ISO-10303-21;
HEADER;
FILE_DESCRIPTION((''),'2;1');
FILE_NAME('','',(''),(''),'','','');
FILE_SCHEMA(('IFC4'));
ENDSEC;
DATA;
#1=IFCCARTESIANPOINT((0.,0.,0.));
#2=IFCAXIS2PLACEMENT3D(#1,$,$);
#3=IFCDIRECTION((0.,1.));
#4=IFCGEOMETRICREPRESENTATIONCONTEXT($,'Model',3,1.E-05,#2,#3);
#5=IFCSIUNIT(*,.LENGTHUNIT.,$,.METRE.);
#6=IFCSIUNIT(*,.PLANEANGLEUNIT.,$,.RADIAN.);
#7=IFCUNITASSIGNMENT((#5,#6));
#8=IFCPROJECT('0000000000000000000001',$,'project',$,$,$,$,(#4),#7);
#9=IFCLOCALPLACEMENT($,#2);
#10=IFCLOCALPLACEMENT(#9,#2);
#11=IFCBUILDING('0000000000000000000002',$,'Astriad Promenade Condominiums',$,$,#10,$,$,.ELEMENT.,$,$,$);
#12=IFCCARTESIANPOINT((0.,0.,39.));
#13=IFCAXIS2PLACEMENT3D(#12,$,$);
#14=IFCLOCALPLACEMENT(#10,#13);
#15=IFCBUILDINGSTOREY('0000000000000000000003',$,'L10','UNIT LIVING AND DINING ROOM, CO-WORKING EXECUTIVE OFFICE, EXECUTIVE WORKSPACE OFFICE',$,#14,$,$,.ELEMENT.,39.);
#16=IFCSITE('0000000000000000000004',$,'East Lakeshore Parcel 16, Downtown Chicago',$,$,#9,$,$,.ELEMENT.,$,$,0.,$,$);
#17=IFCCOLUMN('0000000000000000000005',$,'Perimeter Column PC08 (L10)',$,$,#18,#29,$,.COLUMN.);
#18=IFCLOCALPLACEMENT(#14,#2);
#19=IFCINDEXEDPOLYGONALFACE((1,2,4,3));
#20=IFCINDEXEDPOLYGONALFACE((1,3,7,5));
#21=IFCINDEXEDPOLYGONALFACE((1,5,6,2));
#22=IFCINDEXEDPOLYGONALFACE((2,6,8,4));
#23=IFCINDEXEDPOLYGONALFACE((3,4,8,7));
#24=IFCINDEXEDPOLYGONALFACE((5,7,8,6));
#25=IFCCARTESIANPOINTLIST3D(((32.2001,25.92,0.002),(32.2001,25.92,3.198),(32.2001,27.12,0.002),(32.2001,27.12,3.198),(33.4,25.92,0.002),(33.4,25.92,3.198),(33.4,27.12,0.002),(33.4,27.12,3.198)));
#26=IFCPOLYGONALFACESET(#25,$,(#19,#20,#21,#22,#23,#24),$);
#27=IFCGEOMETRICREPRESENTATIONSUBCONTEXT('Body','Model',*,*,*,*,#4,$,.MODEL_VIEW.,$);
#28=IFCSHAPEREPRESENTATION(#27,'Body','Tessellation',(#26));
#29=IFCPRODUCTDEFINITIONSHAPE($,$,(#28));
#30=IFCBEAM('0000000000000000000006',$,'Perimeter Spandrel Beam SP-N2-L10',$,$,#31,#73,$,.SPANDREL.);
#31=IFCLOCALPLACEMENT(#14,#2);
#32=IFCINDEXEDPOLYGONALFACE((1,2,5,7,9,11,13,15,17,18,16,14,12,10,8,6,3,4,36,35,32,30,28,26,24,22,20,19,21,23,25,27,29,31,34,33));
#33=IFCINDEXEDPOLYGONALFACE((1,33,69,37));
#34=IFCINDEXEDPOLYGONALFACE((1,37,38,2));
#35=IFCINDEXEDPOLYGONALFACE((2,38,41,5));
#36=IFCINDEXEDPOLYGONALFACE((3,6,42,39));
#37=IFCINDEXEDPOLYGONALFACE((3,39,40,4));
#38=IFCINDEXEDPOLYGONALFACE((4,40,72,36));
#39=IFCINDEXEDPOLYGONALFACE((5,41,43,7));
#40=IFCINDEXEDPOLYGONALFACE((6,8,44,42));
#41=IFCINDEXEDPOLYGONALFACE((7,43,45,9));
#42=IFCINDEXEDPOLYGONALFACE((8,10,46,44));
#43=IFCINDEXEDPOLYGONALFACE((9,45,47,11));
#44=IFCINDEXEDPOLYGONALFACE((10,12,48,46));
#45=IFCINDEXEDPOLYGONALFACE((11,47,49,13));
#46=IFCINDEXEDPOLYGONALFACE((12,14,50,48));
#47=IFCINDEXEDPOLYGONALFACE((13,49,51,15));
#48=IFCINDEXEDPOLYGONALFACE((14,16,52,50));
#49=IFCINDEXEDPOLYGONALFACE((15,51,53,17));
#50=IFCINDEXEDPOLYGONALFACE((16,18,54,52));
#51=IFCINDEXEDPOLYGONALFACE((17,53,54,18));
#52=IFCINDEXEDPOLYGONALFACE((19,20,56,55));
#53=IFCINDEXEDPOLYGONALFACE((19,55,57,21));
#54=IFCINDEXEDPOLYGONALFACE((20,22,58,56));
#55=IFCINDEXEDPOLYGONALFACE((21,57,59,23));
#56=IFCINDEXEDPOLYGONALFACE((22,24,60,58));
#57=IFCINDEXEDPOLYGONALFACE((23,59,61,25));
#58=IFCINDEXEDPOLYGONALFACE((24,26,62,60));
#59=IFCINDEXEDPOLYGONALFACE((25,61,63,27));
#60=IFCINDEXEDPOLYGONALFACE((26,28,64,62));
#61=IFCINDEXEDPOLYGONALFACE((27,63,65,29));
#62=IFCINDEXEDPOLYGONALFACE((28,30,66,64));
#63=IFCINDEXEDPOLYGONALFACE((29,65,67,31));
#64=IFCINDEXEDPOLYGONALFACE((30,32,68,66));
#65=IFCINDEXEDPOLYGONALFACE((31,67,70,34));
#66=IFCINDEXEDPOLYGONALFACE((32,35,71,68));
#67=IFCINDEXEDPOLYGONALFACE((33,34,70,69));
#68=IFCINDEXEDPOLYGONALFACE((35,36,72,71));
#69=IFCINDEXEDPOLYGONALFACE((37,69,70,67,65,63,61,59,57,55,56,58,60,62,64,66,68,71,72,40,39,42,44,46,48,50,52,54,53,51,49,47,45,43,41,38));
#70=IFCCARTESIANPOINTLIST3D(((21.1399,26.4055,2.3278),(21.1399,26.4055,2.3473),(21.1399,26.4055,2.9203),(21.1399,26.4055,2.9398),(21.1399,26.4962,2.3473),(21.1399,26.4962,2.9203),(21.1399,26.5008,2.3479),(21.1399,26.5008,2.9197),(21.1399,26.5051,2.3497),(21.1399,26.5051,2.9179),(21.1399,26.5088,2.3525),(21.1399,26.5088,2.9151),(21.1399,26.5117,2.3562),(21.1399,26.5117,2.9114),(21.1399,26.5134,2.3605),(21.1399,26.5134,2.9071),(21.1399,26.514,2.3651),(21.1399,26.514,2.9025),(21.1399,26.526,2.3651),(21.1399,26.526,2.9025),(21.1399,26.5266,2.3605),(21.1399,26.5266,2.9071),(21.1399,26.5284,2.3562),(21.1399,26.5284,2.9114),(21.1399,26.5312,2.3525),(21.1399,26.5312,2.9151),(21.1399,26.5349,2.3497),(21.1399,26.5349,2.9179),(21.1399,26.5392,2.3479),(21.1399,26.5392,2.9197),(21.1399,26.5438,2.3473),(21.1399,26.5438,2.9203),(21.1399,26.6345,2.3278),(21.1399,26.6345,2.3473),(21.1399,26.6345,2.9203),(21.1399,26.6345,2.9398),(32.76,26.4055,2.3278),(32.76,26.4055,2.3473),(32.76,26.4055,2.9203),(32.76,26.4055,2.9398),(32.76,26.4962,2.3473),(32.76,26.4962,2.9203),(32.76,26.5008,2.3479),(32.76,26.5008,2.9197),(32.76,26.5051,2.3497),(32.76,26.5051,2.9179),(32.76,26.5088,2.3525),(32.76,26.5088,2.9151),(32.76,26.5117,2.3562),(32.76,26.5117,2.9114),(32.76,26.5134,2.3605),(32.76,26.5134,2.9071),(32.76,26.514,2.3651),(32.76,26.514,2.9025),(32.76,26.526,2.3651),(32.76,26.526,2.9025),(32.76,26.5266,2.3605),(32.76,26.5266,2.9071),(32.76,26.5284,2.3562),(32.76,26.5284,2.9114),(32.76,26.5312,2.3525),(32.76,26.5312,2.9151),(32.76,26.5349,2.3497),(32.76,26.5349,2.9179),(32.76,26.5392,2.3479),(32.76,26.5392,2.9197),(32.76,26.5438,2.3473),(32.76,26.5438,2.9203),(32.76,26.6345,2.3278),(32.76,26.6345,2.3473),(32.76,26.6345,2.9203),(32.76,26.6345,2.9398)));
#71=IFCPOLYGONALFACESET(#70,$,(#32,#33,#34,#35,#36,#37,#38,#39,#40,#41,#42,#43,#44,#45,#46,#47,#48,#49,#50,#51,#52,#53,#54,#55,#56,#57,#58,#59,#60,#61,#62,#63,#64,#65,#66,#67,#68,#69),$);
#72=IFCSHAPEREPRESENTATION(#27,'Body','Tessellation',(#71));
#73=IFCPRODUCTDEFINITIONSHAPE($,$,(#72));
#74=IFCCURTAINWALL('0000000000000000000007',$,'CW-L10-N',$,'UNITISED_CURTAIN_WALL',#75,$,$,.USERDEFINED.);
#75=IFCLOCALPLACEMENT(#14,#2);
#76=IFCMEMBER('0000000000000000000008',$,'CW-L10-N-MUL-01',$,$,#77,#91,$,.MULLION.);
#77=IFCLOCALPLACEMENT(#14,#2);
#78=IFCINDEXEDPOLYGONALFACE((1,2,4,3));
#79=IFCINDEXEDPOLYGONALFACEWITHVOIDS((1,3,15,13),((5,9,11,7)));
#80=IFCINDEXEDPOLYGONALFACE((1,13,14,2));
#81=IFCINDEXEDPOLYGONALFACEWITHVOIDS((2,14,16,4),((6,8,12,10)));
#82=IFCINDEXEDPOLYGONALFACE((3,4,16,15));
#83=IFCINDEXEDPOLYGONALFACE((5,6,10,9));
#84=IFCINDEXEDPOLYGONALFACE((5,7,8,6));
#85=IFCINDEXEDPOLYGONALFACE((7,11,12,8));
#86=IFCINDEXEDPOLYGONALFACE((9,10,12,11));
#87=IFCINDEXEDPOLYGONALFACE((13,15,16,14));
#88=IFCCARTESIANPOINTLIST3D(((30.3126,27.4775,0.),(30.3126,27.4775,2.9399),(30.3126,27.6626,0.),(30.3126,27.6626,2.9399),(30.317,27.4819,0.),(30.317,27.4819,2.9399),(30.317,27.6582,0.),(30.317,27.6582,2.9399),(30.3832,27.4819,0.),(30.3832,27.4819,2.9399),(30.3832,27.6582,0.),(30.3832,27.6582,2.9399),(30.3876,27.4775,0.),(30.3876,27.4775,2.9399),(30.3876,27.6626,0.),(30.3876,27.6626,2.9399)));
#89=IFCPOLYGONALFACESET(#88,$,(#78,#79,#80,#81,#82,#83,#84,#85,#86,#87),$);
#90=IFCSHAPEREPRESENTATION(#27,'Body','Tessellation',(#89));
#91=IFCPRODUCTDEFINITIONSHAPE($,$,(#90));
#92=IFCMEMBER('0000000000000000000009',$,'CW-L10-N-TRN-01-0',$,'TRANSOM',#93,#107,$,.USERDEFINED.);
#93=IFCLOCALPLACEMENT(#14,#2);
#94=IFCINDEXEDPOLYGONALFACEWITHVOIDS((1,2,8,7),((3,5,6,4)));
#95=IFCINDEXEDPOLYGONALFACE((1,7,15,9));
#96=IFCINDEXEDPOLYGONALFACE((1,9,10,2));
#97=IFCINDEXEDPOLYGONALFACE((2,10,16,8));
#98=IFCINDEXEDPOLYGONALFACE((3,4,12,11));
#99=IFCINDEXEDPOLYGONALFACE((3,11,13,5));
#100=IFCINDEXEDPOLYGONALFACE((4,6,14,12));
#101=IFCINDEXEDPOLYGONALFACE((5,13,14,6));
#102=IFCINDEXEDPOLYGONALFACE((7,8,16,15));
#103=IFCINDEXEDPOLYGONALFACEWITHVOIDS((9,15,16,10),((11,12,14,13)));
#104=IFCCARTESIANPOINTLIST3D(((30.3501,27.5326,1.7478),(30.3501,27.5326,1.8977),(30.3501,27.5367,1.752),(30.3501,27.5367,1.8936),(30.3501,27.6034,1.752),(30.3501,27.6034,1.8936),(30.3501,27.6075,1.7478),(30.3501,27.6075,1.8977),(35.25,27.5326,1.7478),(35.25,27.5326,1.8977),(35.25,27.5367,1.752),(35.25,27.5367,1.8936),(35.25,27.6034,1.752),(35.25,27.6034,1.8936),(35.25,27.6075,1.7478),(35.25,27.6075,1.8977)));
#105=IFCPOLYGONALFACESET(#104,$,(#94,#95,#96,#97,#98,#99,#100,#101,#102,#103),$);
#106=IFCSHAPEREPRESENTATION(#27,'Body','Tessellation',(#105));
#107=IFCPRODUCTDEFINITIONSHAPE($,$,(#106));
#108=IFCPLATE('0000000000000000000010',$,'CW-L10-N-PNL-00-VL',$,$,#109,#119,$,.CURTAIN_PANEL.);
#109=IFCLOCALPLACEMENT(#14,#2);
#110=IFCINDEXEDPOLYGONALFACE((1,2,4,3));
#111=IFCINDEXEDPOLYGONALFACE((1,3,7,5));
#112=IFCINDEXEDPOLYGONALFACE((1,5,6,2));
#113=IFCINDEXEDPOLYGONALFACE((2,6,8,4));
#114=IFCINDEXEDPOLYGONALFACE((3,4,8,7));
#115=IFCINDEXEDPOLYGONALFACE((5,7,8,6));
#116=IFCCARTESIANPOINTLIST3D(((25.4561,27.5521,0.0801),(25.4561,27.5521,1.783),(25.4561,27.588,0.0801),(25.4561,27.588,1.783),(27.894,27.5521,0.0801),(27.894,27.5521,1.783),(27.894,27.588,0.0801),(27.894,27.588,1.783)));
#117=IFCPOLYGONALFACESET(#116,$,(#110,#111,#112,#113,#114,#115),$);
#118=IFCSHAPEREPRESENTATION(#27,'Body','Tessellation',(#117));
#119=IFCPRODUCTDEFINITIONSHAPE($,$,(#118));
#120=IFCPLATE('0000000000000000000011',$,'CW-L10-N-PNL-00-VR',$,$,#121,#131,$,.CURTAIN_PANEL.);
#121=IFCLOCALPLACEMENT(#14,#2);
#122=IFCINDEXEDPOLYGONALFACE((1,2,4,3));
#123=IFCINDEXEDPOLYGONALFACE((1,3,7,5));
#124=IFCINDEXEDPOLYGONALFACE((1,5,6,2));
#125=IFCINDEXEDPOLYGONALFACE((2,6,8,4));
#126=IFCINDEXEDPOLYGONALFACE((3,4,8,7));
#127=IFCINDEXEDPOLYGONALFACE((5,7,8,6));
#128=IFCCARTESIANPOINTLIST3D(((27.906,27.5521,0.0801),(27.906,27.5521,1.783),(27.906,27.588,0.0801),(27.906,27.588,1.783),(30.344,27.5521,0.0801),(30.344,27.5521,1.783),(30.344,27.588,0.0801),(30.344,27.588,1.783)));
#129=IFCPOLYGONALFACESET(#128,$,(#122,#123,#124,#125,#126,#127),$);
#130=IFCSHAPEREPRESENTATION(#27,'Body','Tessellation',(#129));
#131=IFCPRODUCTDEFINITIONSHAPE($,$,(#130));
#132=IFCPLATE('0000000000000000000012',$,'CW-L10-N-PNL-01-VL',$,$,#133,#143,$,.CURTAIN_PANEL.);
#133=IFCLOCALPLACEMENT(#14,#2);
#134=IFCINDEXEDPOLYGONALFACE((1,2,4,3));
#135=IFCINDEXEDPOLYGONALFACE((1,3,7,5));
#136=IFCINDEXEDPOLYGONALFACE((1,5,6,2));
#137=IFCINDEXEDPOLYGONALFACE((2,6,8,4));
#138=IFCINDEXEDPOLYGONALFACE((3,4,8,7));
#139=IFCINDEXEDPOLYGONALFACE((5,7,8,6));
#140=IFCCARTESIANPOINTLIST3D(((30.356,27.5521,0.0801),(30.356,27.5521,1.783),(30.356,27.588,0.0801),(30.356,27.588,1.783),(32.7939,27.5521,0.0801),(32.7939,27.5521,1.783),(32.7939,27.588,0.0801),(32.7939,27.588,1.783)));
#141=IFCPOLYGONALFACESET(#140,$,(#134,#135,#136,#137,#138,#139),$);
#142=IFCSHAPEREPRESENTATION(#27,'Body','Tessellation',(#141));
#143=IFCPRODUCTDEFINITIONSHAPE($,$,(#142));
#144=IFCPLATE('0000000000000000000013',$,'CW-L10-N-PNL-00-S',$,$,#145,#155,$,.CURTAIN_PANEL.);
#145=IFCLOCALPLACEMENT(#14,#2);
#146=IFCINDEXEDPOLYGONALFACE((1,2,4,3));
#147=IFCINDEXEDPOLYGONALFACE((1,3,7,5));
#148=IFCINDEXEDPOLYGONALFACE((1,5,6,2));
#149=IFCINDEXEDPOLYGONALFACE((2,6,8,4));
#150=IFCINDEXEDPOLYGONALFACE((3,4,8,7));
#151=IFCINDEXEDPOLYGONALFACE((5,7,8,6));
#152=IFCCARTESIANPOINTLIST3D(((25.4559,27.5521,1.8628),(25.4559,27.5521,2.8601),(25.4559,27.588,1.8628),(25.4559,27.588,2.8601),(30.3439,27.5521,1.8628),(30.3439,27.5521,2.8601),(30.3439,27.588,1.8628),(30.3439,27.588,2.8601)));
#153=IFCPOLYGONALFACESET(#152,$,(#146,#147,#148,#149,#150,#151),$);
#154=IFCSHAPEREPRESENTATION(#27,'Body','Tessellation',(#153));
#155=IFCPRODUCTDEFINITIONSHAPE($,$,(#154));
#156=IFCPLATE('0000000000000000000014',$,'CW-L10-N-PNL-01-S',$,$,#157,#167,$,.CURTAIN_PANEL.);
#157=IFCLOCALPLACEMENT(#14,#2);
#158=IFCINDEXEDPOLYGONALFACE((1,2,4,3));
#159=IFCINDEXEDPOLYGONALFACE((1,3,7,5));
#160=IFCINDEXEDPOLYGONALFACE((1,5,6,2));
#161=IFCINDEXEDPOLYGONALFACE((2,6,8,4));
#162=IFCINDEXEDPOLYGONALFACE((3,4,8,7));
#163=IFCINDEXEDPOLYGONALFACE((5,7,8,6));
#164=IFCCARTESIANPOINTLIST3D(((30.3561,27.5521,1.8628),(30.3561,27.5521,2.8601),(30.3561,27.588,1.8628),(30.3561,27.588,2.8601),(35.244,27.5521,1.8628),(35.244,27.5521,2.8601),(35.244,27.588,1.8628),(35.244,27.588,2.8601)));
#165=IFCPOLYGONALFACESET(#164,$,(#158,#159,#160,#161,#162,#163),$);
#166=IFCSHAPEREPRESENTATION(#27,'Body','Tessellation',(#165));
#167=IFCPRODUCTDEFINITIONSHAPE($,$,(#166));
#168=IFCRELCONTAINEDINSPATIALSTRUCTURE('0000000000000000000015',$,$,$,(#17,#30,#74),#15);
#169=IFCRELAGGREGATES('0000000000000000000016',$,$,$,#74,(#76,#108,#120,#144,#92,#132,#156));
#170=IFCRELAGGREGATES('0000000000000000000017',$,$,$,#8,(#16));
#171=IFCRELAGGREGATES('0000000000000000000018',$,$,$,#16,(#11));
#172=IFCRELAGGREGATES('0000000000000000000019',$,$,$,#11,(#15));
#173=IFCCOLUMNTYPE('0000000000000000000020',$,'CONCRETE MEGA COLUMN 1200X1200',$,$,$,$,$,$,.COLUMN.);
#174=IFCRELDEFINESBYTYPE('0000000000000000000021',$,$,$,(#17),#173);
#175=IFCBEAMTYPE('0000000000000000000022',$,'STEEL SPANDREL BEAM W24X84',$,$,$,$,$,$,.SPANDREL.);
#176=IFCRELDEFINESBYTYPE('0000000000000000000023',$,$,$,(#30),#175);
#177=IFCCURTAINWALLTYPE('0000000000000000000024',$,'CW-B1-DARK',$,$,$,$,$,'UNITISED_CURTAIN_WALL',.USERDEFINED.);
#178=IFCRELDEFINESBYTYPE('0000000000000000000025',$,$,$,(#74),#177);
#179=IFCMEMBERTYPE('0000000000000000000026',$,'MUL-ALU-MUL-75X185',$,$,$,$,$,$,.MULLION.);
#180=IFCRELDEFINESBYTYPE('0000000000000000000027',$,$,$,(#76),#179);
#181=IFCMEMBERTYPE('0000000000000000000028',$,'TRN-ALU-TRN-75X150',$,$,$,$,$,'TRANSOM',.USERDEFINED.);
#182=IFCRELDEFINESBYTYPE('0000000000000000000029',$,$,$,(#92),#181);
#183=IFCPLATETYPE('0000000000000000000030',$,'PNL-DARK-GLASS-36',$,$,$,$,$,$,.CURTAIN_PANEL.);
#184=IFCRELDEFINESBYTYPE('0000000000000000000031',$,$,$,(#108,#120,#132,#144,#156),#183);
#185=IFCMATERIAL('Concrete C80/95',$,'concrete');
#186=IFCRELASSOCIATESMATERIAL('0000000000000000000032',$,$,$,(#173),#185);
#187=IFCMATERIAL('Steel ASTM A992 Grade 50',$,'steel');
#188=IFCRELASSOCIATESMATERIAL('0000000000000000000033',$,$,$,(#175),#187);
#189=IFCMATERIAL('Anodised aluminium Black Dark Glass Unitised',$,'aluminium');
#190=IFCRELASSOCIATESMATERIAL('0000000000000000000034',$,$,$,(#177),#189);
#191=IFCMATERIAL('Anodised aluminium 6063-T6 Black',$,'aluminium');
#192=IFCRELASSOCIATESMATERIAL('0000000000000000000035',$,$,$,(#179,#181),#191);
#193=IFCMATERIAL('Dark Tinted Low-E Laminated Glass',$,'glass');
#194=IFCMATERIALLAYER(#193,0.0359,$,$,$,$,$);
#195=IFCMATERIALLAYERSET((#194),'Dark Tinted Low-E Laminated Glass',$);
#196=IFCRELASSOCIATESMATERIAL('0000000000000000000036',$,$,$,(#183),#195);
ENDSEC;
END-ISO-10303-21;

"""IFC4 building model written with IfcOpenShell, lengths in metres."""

from ifc_helpers import new_model, si_unit, direction, frame, origin, origin_2d, place, context, subcontext, project, spatial, rectangle, hollow_rectangle, i_section, extrude, source, transform, mapped, material, layer, layer_set, material_profile, profile_set, type_object, type_shapes, element, aggregate, save


model = new_model("IFC4")

# Units and contexts
model_context = context("Model", 3, precision=1e-05, world=origin(), true_north=direction((0.0, 1.0)))
body_context = subcontext(model_context, "Body", "Model", "MODEL_VIEW")
ifc_project = project(units=[si_unit("LENGTHUNIT", "METRE"), si_unit("PLANEANGLEUNIT", "RADIAN")], contexts=[model_context])

# Site, building, storey
site_placement = place(None, origin())
site = spatial("IfcSite", under=ifc_project, at=site_placement, Name="East Lakeshore Parcel 16, Downtown Chicago", CompositionType="ELEMENT", RefElevation=0.0)
building_placement = place(site_placement, origin())
building = spatial("IfcBuilding", under=site, at=building_placement, Name="Astriad Promenade Condominiums", CompositionType="ELEMENT")
storey_placement = place(building_placement, frame((0.0, 0.0, 39.0)))
storey = spatial("IfcBuildingStorey", under=building, at=storey_placement, Name="L10", Description="UNIT LIVING AND DINING ROOM, CO-WORKING EXECUTIVE OFFICE, EXECUTIVE WORKSPACE OFFICE", CompositionType="ELEMENT", Elevation=39.0)

# Column
ifc_material_1 = material(Name="Concrete C80/95", Category="concrete")
ifc_material_profile_1 = material_profile(ifc_material_1, rectangle(XDim=1.2, YDim=1.2, at=origin_2d()), Name="RC-COL-1200X1200")
ifc_profile_set_1 = profile_set([ifc_material_profile_1], Name="Concrete C80/95")
column_type = type_object("IfcColumnType", Name="CONCRETE MEGA COLUMN 1200X1200", PredefinedType="COLUMN", material=ifc_profile_set_1)
shared_shape_1 = source(origin(), body_context, "Body", "SweptSolid", [
    extrude(rectangle(XDim=1.2, YDim=1.2, at=origin_2d()), origin(), (0.0, 0.0, 1.0), 3.196),
])
type_shapes(column_type, [shared_shape_1])
column_placement = place(storey_placement, frame((32.8, 26.52, 0.002), z_axis=(0.0, 0.0, 1.0), x_axis=(1.0, 0.0, 0.0)))
element("IfcColumn", 1, at=column_placement, inside=storey, type_object=column_type, Name="Perimeter Column PC08 (L10)", PredefinedType="COLUMN", context=body_context, shape_type="MappedRepresentation", body=[
    mapped(shared_shape_1, transform((0.0, 0.0, 0.0), scale=1.0)),
])

# Beam
ifc_material_2 = material(Name="Steel ASTM A992 Grade 50", Category="steel")
ifc_material_profile_2 = material_profile(ifc_material_2, i_section(OverallWidth=0.229, OverallDepth=0.6121, WebThickness=0.012, FlangeThickness=0.0195, FilletRadius=0.0178, at=origin_2d()), Name="W24X84")
ifc_profile_set_2 = profile_set([ifc_material_profile_2], Name="Steel ASTM A992 Grade 50")
beam_type = type_object("IfcBeamType", Name="STEEL SPANDREL BEAM W24X84", PredefinedType="SPANDREL", material=ifc_profile_set_2)
shared_shape_2 = source(origin(), body_context, "Body", "SweptSolid", [
    extrude(i_section(OverallWidth=0.229, OverallDepth=0.6121, WebThickness=0.012, FlangeThickness=0.0195, FilletRadius=0.0178, at=origin_2d()), origin(), (0.0, 0.0, 1.0), 11.6201),
])
type_shapes(beam_type, [shared_shape_2])
beam_placement = place(storey_placement, frame((32.76, 26.52, 2.6338), z_axis=(-1.0, 0.0, 0.0), x_axis=(0.0, -1.0, 0.0)))
element("IfcBeam", 2, at=beam_placement, inside=storey, type_object=beam_type, Name="Perimeter Spandrel Beam SP-N2-L10", PredefinedType="SPANDREL", context=body_context, shape_type="MappedRepresentation", body=[
    mapped(shared_shape_2, transform((0.0, 0.0, 0.0), scale=1.0)),
])

# Curtain wall, members, plates
ifc_material_3 = material(Name="Anodised aluminium Black Dark Glass Unitised", Category="aluminium")
curtain_wall_type = type_object("IfcCurtainWallType", Name="CW-B1-DARK", ElementType="UNITISED_CURTAIN_WALL", PredefinedType="USERDEFINED", material=ifc_material_3)
curtain_wall_placement = place(storey_placement, origin())
curtain_wall = element("IfcCurtainWall", 3, at=curtain_wall_placement, inside=storey, type_object=curtain_wall_type, Name="CW-L10-N", ObjectType="UNITISED_CURTAIN_WALL", PredefinedType="USERDEFINED")
ifc_material_4 = material(Name="Anodised aluminium 6063-T6 Black", Category="aluminium")
ifc_material_profile_3 = material_profile(ifc_material_4, hollow_rectangle(XDim=0.075, YDim=0.1851, WallThickness=0.0044, at=origin_2d()), Name="ALU-MUL-75X185")
ifc_profile_set_3 = profile_set([ifc_material_profile_3], Name="Anodised aluminium 6063-T6 Black")
member_type_1 = type_object("IfcMemberType", Name="MUL-ALU-MUL-75X185", PredefinedType="MULLION", material=ifc_profile_set_3)
shared_shape_3 = source(origin(), body_context, "Body", "SweptSolid", [
    extrude(hollow_rectangle(XDim=0.075, YDim=0.1851, WallThickness=0.0044, at=origin_2d()), origin(), (0.0, 0.0, 1.0), 2.9399),
])
type_shapes(member_type_1, [shared_shape_3])
member_1_placement = place(storey_placement, frame((30.3501, 27.5701, 0.0), z_axis=(0.0, 0.0, 1.0), x_axis=(1.0, 0.0, 0.0)))
member_1 = element("IfcMember", 4, at=member_1_placement, type_object=member_type_1, Name="CW-L10-N-MUL-01", PredefinedType="MULLION", context=body_context, shape_type="MappedRepresentation", body=[
    mapped(shared_shape_3, transform((0.0, 0.0, 0.0), scale=1.0)),
])
ifc_material_profile_4 = material_profile(ifc_material_4, hollow_rectangle(XDim=0.075, YDim=0.1499, WallThickness=0.0042, at=origin_2d()), Name="ALU-TRN-75X150")
ifc_profile_set_4 = profile_set([ifc_material_profile_4], Name="Anodised aluminium 6063-T6 Black")
member_type_2 = type_object("IfcMemberType", Name="TRN-ALU-TRN-75X150", ElementType="TRANSOM", PredefinedType="USERDEFINED", material=ifc_profile_set_4)
shared_shape_4 = source(origin(), body_context, "Body", "SweptSolid", [
    extrude(hollow_rectangle(XDim=0.075, YDim=0.1499, WallThickness=0.0042, at=origin_2d()), origin(), (0.0, 0.0, 1.0), 4.8999),
])
type_shapes(member_type_2, [shared_shape_4])
member_2_placement = place(storey_placement, frame((30.3501, 27.5701, 1.8228), z_axis=(1.0, 0.0, 0.0), x_axis=(0.0, 1.0, 0.0)))
member_2 = element("IfcMember", 5, at=member_2_placement, type_object=member_type_2, Name="CW-L10-N-TRN-01-0", ObjectType="TRANSOM", PredefinedType="USERDEFINED", context=body_context, shape_type="MappedRepresentation", body=[
    mapped(shared_shape_4, transform((0.0, 0.0, 0.0), scale=1.0)),
])
ifc_material_5 = material(Name="Dark Tinted Low-E Laminated Glass", Category="glass")
ifc_layer_1 = layer(ifc_material_5, 0.0359)
ifc_layer_set_1 = layer_set([ifc_layer_1], Name="Dark Tinted Low-E Laminated Glass")
plate_type = type_object("IfcPlateType", Name="PNL-DARK-GLASS-36", PredefinedType="CURTAIN_PANEL", material=ifc_layer_set_1)
shared_shape_5 = source(origin(), body_context, "Body", "SweptSolid", [
    extrude(rectangle(XDim=2.438, YDim=0.0359, at=origin_2d()), origin(), (0.0, 0.0, 1.0), 1.7029),
])
plate_1_placement = place(storey_placement, frame((26.675, 27.5701, 0.0801), z_axis=(0.0, 0.0, 1.0), x_axis=(1.0, 0.0, 0.0)))
plate_1 = element("IfcPlate", 6, at=plate_1_placement, type_object=plate_type, Name="CW-L10-N-PNL-00-VL", PredefinedType="CURTAIN_PANEL", context=body_context, shape_type="MappedRepresentation", body=[
    mapped(shared_shape_5, transform((0.0, 0.0, 0.0), scale=1.0)),
])
plate_2_placement = place(storey_placement, frame((29.125, 27.5701, 0.0801), z_axis=(0.0, 0.0, 1.0), x_axis=(1.0, 0.0, 0.0)))
plate_2 = element("IfcPlate", 7, at=plate_2_placement, type_object=plate_type, Name="CW-L10-N-PNL-00-VR", PredefinedType="CURTAIN_PANEL", context=body_context, shape_type="MappedRepresentation", body=[
    mapped(shared_shape_5, transform((0.0, 0.0, 0.0), scale=1.0)),
])
plate_3_placement = place(storey_placement, frame((31.575, 27.5701, 0.0801), z_axis=(0.0, 0.0, 1.0), x_axis=(1.0, 0.0, 0.0)))
plate_3 = element("IfcPlate", 8, at=plate_3_placement, type_object=plate_type, Name="CW-L10-N-PNL-01-VL", PredefinedType="CURTAIN_PANEL", context=body_context, shape_type="MappedRepresentation", body=[
    mapped(shared_shape_5, transform((0.0, 0.0, 0.0), scale=1.0)),
])
shared_shape_6 = source(origin(), body_context, "Body", "SweptSolid", [
    extrude(rectangle(XDim=4.8879, YDim=0.0359, at=origin_2d()), origin(), (0.0, 0.0, 1.0), 0.9973),
])
type_shapes(plate_type, [shared_shape_5, shared_shape_6])
plate_4_placement = place(storey_placement, frame((27.8999, 27.5701, 1.8628), z_axis=(0.0, 0.0, 1.0), x_axis=(1.0, 0.0, 0.0)))
plate_4 = element("IfcPlate", 9, at=plate_4_placement, type_object=plate_type, Name="CW-L10-N-PNL-00-S", PredefinedType="CURTAIN_PANEL", context=body_context, shape_type="MappedRepresentation", body=[
    mapped(shared_shape_6, transform((0.0, 0.0, 0.0), scale=1.0)),
])
plate_5_placement = place(storey_placement, frame((32.8, 27.5701, 1.8628), z_axis=(0.0, 0.0, 1.0), x_axis=(1.0, 0.0, 0.0)))
plate_5 = element("IfcPlate", 10, at=plate_5_placement, type_object=plate_type, Name="CW-L10-N-PNL-01-S", PredefinedType="CURTAIN_PANEL", context=body_context, shape_type="MappedRepresentation", body=[
    mapped(shared_shape_6, transform((0.0, 0.0, 0.0), scale=1.0)),
])
aggregate(curtain_wall, [member_1, plate_1, plate_2, plate_4, member_2, plate_3, plate_5])

save(model, "model.ifc")
